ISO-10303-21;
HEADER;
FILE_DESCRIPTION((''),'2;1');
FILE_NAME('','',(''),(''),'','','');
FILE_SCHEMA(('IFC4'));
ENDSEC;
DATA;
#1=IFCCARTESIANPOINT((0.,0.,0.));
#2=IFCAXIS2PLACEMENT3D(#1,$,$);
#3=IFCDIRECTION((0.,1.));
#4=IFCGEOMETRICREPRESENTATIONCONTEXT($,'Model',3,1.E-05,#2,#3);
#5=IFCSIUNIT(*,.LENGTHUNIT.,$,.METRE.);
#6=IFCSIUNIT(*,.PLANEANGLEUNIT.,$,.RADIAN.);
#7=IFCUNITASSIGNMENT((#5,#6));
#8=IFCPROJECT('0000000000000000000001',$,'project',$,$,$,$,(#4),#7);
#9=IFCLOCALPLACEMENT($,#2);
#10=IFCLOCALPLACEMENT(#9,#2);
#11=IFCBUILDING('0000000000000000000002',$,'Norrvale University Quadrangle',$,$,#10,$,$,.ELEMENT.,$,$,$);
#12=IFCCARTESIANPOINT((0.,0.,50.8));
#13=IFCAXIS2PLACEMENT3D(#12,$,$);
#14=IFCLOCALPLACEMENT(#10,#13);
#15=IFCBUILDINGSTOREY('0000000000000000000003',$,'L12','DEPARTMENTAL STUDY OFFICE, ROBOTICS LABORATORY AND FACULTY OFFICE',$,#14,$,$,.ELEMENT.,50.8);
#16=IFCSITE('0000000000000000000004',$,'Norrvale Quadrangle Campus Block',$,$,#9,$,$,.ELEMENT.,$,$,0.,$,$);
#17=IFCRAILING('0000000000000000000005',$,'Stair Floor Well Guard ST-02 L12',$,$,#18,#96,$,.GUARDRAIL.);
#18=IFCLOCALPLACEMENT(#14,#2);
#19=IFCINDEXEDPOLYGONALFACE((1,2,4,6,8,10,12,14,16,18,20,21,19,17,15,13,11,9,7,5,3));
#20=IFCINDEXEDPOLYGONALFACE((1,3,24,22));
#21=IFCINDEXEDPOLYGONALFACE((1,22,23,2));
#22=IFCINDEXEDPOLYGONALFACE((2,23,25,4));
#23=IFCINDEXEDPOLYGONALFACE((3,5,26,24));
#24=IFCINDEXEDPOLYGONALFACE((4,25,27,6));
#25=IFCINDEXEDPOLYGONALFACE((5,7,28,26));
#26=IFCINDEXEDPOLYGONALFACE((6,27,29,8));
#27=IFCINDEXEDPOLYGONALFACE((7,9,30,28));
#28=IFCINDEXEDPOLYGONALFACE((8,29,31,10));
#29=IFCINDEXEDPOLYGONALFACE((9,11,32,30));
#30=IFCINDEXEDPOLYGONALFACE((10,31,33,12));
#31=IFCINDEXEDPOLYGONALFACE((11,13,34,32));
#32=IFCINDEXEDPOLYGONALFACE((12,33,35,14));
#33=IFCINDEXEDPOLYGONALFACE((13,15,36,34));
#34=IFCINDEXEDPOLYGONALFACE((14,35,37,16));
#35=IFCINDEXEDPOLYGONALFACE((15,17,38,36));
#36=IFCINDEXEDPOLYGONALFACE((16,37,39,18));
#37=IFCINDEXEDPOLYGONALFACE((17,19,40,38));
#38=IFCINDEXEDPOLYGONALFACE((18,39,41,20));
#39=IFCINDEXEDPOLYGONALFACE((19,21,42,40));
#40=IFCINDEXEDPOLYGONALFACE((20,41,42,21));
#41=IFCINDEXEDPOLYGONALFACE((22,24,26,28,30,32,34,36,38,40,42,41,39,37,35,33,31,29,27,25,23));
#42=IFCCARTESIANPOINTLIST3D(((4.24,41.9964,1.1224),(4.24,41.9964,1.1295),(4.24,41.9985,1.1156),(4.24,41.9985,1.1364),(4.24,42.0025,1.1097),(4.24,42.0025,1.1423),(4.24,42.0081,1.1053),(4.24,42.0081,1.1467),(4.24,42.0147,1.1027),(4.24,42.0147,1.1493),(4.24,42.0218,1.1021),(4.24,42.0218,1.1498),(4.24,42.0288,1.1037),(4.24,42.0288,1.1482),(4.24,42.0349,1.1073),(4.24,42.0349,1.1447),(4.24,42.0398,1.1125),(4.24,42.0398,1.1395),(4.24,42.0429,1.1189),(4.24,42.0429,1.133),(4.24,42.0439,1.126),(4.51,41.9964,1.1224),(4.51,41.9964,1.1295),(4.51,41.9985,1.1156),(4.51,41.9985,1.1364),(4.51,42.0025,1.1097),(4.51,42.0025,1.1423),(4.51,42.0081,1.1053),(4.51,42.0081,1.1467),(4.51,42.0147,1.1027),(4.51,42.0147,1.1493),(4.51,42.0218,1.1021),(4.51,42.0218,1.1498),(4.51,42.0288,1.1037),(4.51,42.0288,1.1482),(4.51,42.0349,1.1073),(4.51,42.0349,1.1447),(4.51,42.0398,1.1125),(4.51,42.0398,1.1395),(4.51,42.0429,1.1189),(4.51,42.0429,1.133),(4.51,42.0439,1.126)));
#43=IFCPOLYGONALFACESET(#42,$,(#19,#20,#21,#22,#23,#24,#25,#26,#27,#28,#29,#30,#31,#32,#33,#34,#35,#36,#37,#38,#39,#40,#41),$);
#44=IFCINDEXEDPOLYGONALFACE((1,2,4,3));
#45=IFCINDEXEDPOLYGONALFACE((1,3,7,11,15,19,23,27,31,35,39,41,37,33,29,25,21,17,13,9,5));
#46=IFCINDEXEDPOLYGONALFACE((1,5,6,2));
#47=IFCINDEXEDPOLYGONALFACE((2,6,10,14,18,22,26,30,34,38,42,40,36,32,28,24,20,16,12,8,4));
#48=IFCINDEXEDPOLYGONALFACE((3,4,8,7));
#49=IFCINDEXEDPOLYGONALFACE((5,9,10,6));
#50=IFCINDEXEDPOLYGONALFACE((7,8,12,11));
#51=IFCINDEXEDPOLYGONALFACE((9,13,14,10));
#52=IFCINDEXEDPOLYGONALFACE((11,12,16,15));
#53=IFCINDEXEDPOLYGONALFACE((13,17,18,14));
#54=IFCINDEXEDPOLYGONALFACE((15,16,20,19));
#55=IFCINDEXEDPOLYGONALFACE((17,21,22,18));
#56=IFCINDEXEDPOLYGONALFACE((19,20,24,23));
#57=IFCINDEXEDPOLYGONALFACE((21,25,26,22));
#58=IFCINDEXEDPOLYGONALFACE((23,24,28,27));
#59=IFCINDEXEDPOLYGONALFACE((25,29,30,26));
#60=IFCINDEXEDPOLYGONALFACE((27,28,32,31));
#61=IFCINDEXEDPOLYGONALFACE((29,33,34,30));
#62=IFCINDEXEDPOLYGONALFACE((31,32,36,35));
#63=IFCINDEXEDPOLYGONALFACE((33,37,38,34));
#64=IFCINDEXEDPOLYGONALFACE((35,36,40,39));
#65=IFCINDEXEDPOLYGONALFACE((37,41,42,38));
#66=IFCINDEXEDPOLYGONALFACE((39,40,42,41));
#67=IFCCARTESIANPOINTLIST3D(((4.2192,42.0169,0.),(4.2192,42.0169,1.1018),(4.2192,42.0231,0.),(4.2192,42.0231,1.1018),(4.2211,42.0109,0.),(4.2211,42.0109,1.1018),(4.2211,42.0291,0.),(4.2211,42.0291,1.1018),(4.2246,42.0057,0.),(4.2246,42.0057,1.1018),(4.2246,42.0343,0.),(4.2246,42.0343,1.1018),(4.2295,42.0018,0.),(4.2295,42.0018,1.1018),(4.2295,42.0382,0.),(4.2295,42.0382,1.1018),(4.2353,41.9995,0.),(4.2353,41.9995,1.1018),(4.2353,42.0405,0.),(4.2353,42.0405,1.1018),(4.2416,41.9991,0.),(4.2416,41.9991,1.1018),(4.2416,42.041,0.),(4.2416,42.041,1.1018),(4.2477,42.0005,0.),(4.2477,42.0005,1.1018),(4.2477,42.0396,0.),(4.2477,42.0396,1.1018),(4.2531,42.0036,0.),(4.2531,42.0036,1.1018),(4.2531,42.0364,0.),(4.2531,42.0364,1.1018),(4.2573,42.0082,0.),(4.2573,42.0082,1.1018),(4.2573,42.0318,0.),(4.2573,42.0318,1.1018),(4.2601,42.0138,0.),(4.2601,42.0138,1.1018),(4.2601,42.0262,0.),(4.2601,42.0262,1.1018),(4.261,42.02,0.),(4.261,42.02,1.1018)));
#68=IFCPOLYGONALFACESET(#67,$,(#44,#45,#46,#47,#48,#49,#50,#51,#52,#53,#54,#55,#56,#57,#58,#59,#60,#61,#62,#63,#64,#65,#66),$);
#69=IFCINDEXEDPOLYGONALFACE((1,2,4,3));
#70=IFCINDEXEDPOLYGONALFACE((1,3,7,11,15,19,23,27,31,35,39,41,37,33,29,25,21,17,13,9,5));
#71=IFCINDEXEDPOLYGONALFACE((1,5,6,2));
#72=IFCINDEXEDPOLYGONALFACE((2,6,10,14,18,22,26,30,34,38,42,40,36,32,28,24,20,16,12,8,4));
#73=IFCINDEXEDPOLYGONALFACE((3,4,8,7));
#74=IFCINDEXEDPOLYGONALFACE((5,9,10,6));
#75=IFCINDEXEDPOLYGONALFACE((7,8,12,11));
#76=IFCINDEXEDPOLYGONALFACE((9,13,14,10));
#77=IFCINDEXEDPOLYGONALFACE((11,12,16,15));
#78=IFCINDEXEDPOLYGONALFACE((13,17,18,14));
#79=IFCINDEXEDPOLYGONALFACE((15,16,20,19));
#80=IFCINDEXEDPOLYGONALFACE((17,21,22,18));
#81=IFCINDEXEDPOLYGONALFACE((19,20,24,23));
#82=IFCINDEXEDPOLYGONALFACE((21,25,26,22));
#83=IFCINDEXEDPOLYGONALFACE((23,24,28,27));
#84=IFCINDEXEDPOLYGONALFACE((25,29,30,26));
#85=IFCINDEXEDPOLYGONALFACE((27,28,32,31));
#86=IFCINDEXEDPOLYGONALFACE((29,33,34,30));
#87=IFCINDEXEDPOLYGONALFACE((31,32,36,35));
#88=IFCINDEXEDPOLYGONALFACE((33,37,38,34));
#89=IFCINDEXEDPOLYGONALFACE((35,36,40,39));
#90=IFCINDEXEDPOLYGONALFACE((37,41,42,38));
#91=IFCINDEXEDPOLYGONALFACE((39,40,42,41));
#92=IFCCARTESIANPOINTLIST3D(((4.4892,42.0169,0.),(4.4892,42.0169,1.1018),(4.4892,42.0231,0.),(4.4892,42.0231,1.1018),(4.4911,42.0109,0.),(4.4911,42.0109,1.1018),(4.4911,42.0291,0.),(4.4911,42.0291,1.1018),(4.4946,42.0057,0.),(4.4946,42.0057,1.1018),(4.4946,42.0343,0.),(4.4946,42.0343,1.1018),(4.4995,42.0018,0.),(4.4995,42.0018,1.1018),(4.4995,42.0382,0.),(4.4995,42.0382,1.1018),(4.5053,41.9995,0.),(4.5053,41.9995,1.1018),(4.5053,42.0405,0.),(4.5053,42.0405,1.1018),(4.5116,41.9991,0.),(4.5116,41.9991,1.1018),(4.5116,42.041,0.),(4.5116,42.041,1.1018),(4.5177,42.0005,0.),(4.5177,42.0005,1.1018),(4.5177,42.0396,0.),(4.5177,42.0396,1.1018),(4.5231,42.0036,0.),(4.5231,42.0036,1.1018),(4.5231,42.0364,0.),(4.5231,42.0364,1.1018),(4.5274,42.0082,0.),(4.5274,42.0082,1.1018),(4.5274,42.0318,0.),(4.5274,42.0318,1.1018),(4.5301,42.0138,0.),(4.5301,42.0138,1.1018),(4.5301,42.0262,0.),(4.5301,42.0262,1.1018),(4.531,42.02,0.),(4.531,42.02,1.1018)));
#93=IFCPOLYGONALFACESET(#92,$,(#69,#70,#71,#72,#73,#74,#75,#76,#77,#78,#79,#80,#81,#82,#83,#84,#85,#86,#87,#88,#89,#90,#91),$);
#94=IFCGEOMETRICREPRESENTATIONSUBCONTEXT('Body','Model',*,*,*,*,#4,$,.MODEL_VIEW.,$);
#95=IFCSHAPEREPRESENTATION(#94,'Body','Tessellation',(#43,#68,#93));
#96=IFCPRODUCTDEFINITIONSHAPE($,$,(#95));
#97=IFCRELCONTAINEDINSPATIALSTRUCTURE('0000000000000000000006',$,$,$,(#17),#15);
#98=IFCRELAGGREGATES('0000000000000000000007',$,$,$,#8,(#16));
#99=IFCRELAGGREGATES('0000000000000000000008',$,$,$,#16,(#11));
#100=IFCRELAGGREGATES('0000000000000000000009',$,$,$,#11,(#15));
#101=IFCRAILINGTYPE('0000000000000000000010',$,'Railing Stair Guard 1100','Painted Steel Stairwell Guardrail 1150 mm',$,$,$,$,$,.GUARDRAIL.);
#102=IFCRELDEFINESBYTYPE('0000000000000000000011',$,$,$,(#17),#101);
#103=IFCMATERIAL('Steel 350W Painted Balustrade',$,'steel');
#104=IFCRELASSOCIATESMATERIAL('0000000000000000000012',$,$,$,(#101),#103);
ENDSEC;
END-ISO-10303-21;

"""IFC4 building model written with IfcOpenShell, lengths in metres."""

from ifc_helpers import new_model, si_unit, direction, frame, origin, origin_2d, place, context, subcontext, project, spatial, circle, extrude, material, type_object, element, save


model = new_model("IFC4")

# Units and contexts
model_context = context("Model", 3, precision=1e-05, world=origin(), true_north=direction((0.0, 1.0)))
body_context = subcontext(model_context, "Body", "Model", "MODEL_VIEW")
ifc_project = project(units=[si_unit("LENGTHUNIT", "METRE"), si_unit("PLANEANGLEUNIT", "RADIAN")], contexts=[model_context])

# Site, building, storey
site_placement = place(None, origin())
site = spatial("IfcSite", under=ifc_project, at=site_placement, Name="Norrvale Quadrangle Campus Block", CompositionType="ELEMENT", RefElevation=0.0)
building_placement = place(site_placement, origin())
building = spatial("IfcBuilding", under=site, at=building_placement, Name="Norrvale University Quadrangle", CompositionType="ELEMENT")
storey_placement = place(building_placement, frame((0.0, 0.0, 50.8)))
storey = spatial("IfcBuildingStorey", under=building, at=storey_placement, Name="L12", Description="DEPARTMENTAL STUDY OFFICE, ROBOTICS LABORATORY AND FACULTY OFFICE", CompositionType="ELEMENT", Elevation=50.8)

# Railing
ifc_material_1 = material(Name="Steel 350W Painted Balustrade", Category="steel")
railing_type_1 = type_object("IfcRailingType", Name="Railing Stair Guard 1100", Description="Painted Steel Stairwell Guardrail 1150 mm", PredefinedType="GUARDRAIL", material=ifc_material_1)
railing_1_placement = place(storey_placement, frame((4.24, 42.02, 0.0)))
element("IfcRailing", 1, at=railing_1_placement, inside=storey, type_object=railing_type_1, Name="Stair Floor Well Guard ST-02 L12", PredefinedType="GUARDRAIL", context=body_context, shape_type="SweptSolid", body=[
    extrude(circle(Radius=0.0239, at=origin_2d()), frame((0.0, 0.0, 1.126), z_axis=(1.0, 0.0, 0.0), x_axis=(0.0, 1.0, 0.0)), (0.0, 0.0, 1.0), 0.27),
    extrude(circle(Radius=0.021, at=origin_2d()), origin(), (0.0, 0.0, 1.0), 1.1018),
    extrude(circle(Radius=0.021, at=origin_2d()), frame((0.27, 0.0, 0.0)), (0.0, 0.0, 1.0), 1.1018),
])

save(model, "model.ifc")
